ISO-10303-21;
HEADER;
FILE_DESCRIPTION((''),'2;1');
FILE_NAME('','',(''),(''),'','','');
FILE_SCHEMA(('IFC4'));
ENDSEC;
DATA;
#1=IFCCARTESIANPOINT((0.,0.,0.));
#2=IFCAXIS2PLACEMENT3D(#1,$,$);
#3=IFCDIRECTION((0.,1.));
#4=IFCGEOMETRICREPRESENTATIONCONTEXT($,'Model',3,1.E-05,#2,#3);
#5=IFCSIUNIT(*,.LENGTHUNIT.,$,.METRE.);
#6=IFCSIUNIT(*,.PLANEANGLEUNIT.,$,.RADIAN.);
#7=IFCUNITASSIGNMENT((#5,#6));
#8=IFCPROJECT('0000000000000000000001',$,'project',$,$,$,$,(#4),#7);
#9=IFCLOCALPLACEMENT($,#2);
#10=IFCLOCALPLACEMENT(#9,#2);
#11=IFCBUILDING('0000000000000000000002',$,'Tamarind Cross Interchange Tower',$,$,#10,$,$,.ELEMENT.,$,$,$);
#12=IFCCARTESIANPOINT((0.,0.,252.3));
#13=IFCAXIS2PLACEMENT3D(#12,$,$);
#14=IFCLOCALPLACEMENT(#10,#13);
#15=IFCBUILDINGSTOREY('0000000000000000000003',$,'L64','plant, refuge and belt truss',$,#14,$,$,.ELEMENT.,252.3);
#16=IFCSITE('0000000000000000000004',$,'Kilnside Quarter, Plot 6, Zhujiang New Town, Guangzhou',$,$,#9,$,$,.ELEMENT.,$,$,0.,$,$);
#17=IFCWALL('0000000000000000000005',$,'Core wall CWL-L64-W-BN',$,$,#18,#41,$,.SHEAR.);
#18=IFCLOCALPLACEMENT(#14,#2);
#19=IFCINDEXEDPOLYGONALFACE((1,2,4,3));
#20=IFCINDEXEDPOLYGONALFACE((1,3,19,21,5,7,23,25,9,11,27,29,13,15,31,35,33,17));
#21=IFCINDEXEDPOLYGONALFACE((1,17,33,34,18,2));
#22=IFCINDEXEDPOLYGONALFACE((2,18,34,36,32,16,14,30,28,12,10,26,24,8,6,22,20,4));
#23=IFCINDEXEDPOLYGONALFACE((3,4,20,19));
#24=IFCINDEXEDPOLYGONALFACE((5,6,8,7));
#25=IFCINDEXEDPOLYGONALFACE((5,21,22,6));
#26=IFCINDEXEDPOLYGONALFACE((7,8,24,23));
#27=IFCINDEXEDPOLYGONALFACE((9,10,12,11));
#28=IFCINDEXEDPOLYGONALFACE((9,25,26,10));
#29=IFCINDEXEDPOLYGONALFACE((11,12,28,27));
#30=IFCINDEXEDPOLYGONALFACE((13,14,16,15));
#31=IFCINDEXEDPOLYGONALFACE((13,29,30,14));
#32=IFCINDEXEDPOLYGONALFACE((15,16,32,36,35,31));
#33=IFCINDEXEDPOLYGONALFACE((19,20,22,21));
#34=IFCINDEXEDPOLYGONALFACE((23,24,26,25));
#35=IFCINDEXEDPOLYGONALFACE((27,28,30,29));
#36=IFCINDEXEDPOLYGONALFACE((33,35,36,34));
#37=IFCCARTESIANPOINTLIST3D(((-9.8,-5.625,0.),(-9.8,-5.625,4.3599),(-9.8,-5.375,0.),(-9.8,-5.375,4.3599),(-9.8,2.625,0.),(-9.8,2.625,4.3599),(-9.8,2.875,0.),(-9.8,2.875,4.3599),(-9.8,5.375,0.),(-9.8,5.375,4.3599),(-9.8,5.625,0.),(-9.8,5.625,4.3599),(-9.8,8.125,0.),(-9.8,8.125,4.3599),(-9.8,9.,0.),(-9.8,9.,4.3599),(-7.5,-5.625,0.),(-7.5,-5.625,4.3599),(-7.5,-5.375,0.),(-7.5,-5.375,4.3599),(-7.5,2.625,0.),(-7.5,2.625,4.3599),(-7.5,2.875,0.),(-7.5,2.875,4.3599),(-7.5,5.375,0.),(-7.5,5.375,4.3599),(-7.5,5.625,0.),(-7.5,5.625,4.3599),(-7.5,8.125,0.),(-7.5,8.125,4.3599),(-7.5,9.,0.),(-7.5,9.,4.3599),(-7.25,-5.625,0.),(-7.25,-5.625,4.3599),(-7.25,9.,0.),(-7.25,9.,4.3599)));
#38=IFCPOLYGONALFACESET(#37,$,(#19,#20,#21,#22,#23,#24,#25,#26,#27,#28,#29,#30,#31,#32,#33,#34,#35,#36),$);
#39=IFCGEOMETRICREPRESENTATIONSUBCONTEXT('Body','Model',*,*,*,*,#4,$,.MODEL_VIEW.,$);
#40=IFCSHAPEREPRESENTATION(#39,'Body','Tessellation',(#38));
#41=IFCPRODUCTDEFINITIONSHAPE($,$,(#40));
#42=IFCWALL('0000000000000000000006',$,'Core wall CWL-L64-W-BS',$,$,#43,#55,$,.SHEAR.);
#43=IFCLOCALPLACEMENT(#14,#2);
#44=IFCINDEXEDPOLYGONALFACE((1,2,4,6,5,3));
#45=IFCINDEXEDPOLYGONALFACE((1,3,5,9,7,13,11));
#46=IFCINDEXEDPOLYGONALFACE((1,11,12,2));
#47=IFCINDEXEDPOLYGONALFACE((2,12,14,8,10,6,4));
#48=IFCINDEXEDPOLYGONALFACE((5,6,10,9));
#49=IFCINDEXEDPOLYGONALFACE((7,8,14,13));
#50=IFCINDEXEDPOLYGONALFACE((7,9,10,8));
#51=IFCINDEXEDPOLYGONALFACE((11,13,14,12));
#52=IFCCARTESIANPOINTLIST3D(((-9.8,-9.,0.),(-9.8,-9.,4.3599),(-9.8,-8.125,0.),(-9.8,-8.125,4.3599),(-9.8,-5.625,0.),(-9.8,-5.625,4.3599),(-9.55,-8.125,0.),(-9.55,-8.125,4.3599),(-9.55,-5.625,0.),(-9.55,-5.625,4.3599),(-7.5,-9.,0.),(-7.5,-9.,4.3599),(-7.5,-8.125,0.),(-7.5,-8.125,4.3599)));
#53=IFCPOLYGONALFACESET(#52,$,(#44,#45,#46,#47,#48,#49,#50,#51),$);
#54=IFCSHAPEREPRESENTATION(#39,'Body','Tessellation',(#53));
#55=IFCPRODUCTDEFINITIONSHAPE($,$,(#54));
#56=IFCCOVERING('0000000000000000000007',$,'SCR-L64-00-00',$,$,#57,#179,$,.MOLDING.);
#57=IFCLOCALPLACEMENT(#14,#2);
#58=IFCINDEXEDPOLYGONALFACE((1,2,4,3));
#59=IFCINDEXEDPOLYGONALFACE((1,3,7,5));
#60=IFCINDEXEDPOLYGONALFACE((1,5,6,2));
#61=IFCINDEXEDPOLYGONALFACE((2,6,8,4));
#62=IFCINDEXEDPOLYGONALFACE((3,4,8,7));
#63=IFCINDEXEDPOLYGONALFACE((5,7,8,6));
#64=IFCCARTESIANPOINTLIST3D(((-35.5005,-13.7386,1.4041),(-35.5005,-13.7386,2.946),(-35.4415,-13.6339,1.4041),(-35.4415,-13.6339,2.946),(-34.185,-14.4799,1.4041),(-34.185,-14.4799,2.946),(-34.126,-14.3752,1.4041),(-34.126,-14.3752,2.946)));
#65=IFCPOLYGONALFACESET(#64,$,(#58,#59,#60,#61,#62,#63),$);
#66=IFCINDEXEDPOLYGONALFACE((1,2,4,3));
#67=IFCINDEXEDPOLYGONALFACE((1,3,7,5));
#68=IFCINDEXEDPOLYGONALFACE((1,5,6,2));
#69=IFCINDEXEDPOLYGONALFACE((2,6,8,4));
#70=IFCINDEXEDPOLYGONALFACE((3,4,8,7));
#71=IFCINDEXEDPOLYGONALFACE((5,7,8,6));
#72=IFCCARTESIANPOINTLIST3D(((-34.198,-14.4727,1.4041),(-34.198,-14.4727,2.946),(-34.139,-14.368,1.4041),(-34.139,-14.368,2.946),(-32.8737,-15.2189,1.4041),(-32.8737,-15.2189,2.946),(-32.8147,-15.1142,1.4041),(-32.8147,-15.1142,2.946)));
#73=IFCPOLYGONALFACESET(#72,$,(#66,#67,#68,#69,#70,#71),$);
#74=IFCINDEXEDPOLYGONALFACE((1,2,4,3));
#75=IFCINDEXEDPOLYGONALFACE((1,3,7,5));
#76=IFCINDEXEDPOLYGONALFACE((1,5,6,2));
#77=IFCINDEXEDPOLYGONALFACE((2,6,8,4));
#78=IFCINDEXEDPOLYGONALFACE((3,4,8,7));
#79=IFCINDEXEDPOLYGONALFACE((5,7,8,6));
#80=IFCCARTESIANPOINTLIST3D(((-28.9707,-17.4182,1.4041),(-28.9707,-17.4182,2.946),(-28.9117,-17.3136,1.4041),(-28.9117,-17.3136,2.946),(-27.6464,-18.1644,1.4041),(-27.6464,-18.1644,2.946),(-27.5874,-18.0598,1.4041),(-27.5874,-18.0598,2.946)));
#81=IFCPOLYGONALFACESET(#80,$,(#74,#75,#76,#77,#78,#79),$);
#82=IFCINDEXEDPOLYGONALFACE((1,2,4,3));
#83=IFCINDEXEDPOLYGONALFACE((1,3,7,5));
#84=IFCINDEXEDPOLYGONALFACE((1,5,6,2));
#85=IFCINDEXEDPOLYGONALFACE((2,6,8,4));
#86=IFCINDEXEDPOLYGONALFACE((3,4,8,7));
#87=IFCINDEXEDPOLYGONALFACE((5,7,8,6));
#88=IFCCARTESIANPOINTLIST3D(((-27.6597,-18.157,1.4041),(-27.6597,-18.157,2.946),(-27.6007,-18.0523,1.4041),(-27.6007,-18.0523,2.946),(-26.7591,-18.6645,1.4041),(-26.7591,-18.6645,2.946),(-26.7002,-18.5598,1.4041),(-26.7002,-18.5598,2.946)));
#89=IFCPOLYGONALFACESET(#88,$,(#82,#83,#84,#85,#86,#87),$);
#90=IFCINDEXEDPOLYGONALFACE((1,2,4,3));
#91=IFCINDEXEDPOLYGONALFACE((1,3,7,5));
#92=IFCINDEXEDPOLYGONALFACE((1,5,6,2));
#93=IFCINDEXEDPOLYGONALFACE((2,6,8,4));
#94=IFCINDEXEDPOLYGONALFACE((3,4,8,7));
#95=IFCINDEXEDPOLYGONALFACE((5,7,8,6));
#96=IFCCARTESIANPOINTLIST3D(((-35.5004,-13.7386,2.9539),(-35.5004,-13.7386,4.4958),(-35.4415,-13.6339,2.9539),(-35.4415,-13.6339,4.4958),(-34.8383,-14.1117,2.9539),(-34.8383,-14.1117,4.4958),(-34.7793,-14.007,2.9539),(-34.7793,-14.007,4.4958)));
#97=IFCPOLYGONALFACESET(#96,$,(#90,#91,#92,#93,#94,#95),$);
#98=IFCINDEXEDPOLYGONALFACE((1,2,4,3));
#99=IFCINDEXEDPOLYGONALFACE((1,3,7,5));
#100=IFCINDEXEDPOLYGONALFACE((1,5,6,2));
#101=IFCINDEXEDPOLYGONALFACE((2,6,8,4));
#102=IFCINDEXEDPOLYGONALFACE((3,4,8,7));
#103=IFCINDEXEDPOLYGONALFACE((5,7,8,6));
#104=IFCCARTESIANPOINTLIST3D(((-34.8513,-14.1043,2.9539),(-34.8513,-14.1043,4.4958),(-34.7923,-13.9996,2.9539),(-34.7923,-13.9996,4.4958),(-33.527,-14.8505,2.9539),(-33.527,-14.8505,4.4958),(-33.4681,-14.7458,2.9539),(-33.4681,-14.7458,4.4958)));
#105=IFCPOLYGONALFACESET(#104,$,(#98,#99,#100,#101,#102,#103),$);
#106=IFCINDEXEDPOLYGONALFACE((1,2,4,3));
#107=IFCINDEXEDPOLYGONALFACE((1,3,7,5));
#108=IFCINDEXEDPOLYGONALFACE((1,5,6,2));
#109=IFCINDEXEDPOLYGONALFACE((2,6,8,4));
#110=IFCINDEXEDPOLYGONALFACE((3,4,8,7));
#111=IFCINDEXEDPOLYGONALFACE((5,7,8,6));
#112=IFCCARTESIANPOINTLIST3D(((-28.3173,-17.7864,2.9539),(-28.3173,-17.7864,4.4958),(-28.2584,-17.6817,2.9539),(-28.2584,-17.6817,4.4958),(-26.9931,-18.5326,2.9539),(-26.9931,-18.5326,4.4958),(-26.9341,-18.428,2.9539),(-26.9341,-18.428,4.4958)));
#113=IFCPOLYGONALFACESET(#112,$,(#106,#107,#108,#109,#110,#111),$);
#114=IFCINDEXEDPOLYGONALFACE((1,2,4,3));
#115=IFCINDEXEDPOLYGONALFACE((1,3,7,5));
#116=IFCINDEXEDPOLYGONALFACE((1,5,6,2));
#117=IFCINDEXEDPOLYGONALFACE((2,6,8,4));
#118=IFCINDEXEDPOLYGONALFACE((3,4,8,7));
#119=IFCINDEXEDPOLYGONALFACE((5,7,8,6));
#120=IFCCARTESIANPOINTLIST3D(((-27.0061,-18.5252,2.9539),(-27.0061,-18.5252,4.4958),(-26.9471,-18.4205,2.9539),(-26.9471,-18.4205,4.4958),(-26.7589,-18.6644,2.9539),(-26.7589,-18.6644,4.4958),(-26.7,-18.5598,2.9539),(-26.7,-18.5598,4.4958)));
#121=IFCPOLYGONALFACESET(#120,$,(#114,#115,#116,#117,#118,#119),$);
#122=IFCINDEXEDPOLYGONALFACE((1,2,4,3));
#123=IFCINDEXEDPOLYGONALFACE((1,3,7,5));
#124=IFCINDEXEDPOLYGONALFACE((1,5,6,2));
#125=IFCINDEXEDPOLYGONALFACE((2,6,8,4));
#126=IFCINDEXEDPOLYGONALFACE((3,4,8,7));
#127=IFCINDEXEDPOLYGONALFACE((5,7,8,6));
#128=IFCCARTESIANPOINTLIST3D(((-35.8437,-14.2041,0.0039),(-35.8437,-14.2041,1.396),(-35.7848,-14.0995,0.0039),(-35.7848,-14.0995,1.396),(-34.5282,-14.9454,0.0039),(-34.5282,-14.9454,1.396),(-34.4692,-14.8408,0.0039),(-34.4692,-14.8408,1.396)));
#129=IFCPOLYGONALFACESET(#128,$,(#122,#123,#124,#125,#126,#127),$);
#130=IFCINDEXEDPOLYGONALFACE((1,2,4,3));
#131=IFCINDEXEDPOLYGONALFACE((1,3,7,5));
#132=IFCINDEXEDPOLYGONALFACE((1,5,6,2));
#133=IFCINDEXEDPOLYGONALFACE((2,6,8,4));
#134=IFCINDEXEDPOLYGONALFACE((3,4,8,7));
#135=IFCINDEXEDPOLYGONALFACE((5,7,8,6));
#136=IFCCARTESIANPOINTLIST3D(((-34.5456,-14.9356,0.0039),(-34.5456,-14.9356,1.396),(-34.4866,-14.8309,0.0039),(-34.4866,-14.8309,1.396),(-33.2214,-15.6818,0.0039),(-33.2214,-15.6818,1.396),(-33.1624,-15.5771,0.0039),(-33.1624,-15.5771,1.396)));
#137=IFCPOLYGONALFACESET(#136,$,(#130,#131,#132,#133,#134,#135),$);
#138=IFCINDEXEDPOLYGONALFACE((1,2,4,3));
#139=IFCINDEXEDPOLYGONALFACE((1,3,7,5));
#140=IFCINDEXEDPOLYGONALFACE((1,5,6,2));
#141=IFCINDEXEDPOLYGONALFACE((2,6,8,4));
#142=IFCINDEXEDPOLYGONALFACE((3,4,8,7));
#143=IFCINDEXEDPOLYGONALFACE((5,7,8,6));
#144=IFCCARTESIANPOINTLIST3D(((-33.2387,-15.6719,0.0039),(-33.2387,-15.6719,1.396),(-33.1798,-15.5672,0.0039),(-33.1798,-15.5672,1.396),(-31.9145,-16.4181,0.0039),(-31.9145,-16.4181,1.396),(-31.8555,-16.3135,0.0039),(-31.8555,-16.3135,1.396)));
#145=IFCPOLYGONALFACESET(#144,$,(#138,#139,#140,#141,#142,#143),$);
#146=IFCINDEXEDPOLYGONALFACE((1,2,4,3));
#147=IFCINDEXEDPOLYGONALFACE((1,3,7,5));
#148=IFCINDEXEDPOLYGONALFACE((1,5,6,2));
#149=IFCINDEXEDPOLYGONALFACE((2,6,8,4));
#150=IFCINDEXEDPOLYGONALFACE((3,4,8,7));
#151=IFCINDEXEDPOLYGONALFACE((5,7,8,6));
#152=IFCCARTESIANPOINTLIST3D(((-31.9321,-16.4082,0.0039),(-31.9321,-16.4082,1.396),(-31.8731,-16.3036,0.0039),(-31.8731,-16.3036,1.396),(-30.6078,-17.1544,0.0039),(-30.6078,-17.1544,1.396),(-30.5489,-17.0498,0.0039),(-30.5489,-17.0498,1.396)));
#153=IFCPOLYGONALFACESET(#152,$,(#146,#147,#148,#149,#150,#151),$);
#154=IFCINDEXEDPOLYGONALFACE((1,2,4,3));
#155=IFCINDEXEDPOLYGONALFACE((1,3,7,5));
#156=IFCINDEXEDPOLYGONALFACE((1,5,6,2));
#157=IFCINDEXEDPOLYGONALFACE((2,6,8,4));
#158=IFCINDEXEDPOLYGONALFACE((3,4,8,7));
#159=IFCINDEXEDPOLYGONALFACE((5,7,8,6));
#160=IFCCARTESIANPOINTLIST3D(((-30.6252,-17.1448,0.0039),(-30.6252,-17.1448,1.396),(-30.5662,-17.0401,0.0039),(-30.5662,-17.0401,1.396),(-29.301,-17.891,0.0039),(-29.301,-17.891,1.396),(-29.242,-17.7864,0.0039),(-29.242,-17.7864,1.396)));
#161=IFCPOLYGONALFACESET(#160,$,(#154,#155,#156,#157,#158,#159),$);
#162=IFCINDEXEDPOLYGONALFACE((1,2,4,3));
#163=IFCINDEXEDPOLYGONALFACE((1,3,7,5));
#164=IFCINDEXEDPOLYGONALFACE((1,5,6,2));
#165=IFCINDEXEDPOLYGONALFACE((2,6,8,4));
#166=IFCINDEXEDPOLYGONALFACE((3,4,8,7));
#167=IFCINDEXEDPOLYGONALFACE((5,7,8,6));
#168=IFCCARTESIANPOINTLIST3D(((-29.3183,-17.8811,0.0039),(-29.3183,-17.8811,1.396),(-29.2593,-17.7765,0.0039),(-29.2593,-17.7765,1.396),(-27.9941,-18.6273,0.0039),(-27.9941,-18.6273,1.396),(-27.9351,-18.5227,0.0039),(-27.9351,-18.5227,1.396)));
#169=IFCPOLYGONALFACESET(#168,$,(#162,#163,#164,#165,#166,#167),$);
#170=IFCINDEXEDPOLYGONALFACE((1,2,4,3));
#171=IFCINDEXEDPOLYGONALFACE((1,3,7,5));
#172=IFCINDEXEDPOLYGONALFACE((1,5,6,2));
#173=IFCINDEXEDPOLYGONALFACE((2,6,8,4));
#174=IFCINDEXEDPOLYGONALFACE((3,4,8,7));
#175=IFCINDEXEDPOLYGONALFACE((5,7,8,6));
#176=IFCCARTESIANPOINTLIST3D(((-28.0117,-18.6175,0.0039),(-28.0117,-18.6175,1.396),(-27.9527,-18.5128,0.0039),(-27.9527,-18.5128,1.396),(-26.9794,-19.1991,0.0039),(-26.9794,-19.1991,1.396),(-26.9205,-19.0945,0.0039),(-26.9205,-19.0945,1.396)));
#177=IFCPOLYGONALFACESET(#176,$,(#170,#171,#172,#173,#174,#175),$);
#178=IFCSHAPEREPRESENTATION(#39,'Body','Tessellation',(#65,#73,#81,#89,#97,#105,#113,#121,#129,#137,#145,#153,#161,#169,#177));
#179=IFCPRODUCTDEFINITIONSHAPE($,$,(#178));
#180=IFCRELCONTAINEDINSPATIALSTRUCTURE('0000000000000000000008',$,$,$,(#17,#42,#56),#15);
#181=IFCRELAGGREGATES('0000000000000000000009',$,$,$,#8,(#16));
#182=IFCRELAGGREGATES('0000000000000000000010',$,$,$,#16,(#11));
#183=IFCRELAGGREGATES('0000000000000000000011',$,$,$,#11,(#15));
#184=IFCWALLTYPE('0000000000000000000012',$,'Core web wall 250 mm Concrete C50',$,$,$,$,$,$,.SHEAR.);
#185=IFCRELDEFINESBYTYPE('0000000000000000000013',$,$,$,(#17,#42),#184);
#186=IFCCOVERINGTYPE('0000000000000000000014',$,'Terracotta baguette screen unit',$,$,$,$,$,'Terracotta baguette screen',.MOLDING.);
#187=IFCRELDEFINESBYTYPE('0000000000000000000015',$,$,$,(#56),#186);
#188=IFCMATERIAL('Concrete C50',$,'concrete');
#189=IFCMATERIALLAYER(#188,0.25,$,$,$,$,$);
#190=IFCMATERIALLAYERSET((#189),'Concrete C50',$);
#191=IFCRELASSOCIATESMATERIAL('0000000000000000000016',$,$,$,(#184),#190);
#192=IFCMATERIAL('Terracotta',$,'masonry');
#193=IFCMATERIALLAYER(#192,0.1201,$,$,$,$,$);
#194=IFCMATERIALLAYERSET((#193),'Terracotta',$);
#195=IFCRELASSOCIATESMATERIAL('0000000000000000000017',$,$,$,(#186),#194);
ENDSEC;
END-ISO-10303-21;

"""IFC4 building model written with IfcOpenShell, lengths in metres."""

from ifc_helpers import new_model, si_unit, direction, frame, origin, origin_2d, place, context, subcontext, project, spatial, polyline, rectangle, outline, extrude, material, layer, layer_set, type_object, element, save


model = new_model("IFC4")

# Units and contexts
model_context = context("Model", 3, precision=1e-05, world=origin(), true_north=direction((0.0, 1.0)))
body_context = subcontext(model_context, "Body", "Model", "MODEL_VIEW")
ifc_project = project(units=[si_unit("LENGTHUNIT", "METRE"), si_unit("PLANEANGLEUNIT", "RADIAN")], contexts=[model_context])

# Site, building, storey
site_placement = place(None, origin())
site = spatial("IfcSite", under=ifc_project, at=site_placement, Name="Kilnside Quarter, Plot 6, Zhujiang New Town, Guangzhou", CompositionType="ELEMENT", RefElevation=0.0)
building_placement = place(site_placement, origin())
building = spatial("IfcBuilding", under=site, at=building_placement, Name="Tamarind Cross Interchange Tower", CompositionType="ELEMENT")
storey_placement = place(building_placement, frame((0.0, 0.0, 252.3)))
storey = spatial("IfcBuildingStorey", under=building, at=storey_placement, Name="L64", Description="plant, refuge and belt truss", CompositionType="ELEMENT", Elevation=252.3)

# Walls
ifc_material_1 = material(Name="Concrete C50", Category="concrete")
ifc_layer_1 = layer(ifc_material_1, 0.25)
ifc_layer_set_1 = layer_set([ifc_layer_1], Name="Concrete C50")
wall_type_1 = type_object("IfcWallType", Name="Core web wall 250 mm Concrete C50", PredefinedType="SHEAR", material=ifc_layer_set_1)
wall_1_placement = place(storey_placement, origin())
element("IfcWall", 1, at=wall_1_placement, inside=storey, type_object=wall_type_1, Name="Core wall CWL-L64-W-BN", PredefinedType="SHEAR", context=body_context, shape_type="SweptSolid", body=[
    extrude(outline(polyline([(-9.8, -5.375), (-9.8, -5.625), (-7.5, -5.625), (-7.25, -5.625), (-7.25, 9.0), (-7.5, 9.0), (-9.8, 9.0), (-9.8, 8.125), (-7.5, 8.125), (-7.5, 5.625), (-9.8, 5.625), (-9.8, 5.375), (-7.5, 5.375), (-7.5, 2.875), (-9.8, 2.875), (-9.8, 2.625), (-7.5, 2.625), (-7.5, -5.375), (-9.8, -5.375)])), origin(), (0.0, 0.0, 1.0), 4.3599),
])
wall_2_placement = place(storey_placement, origin())
element("IfcWall", 2, at=wall_2_placement, inside=storey, type_object=wall_type_1, Name="Core wall CWL-L64-W-BS", PredefinedType="SHEAR", context=body_context, shape_type="SweptSolid", body=[
    extrude(outline(polyline([(-7.5, -8.125), (-9.55, -8.125), (-9.55, -5.625), (-9.8, -5.625), (-9.8, -8.125), (-9.8, -9.0), (-7.5, -9.0), (-7.5, -8.125)])), origin(), (0.0, 0.0, 1.0), 4.3599),
])

# Covering
ifc_material_2 = material(Name="Terracotta", Category="masonry")
ifc_layer_2 = layer(ifc_material_2, 0.1201)
ifc_layer_set_2 = layer_set([ifc_layer_2], Name="Terracotta")
covering_type = type_object("IfcCoveringType", Name="Terracotta baguette screen unit", ElementType="Terracotta baguette screen", PredefinedType="MOLDING", material=ifc_layer_set_2)
covering_1_placement = place(storey_placement, origin())
element("IfcCovering", 3, at=covering_1_placement, inside=storey, type_object=covering_type, Name="SCR-L64-00-00", PredefinedType="MOLDING", context=body_context, shape_type="SweptSolid", body=[
    extrude(rectangle(XDim=1.51, YDim=0.1201, at=origin_2d()), frame((-34.8132, -14.0569, 1.4041), z_axis=(0.0, 0.0, 1.0), x_axis=(0.8712, -0.490928, 0.0)), (0.0, 0.0, 1.0), 1.542),
    extrude(rectangle(XDim=1.52, YDim=0.1201, at=origin_2d()), frame((-33.5063, -14.7935, 1.4041), z_axis=(0.0, 0.0, 1.0), x_axis=(0.8712, -0.490928, 0.0)), (0.0, 0.0, 1.0), 1.542),
    extrude(rectangle(XDim=1.52, YDim=0.1201, at=origin_2d()), frame((-28.2791, -17.739, 1.4041), z_axis=(0.0, 0.0, 1.0), x_axis=(0.8712, -0.490928, 0.0)), (0.0, 0.0, 1.0), 1.542),
    extrude(rectangle(XDim=1.0337, YDim=0.1201, at=origin_2d()), frame((-27.1799, -18.3584, 1.4041), z_axis=(0.0, 0.0, 1.0), x_axis=(0.8712, -0.490928, 0.0)), (0.0, 0.0, 1.0), 1.542),
    extrude(rectangle(XDim=0.76, YDim=0.1201, at=origin_2d()), frame((-35.1399, -13.8728, 2.9539), z_axis=(0.0, 0.0, 1.0), x_axis=(0.8712, -0.490928, 0.0)), (0.0, 0.0, 1.0), 1.542),
    extrude(rectangle(XDim=1.52, YDim=0.1201, at=origin_2d()), frame((-34.1597, -14.425, 2.9539), z_axis=(0.0, 0.0, 1.0), x_axis=(0.8712, -0.490928, 0.0)), (0.0, 0.0, 1.0), 1.542),
    extrude(rectangle(XDim=1.52, YDim=0.1201, at=origin_2d()), frame((-27.6257, -18.1072, 2.9539), z_axis=(0.0, 0.0, 1.0), x_axis=(0.8712, -0.490928, 0.0)), (0.0, 0.0, 1.0), 1.542),
    extrude(rectangle(XDim=0.2837, YDim=0.1201, at=origin_2d()), frame((-26.853, -18.5425, 2.9539), z_axis=(0.0, 0.0, 1.0), x_axis=(0.8712, -0.490928, 0.0)), (0.0, 0.0, 1.0), 1.542),
    extrude(rectangle(XDim=1.51, YDim=0.1201, at=origin_2d()), frame((-35.1565, -14.5225, 0.0039), z_axis=(0.0, 0.0, 1.0), x_axis=(0.8712, -0.490928, 0.0)), (0.0, 0.0, 1.0), 1.3921),
    extrude(rectangle(XDim=1.52, YDim=0.1201, at=origin_2d()), frame((-33.854, -15.2563, 0.0039), z_axis=(0.0, 0.0, 1.0), x_axis=(0.8712, -0.490928, 0.0)), (0.0, 0.0, 1.0), 1.3921),
    extrude(rectangle(XDim=1.52, YDim=0.1201, at=origin_2d()), frame((-32.5471, -15.9927, 0.0039), z_axis=(0.0, 0.0, 1.0), x_axis=(0.8712, -0.490928, 0.0)), (0.0, 0.0, 1.0), 1.3921),
    extrude(rectangle(XDim=1.52, YDim=0.1201, at=origin_2d()), frame((-31.2405, -16.729, 0.0039), z_axis=(0.0, 0.0, 1.0), x_axis=(0.8712, -0.490928, 0.0)), (0.0, 0.0, 1.0), 1.3921),
    extrude(rectangle(XDim=1.52, YDim=0.1201, at=origin_2d()), frame((-29.9336, -17.4656, 0.0039), z_axis=(0.0, 0.0, 1.0), x_axis=(0.8712, -0.490928, 0.0)), (0.0, 0.0, 1.0), 1.3921),
    extrude(rectangle(XDim=1.52, YDim=0.1201, at=origin_2d()), frame((-28.6267, -18.2019, 0.0039), z_axis=(0.0, 0.0, 1.0), x_axis=(0.8712, -0.490928, 0.0)), (0.0, 0.0, 1.0), 1.3921),
    extrude(rectangle(XDim=1.1848, YDim=0.1201, at=origin_2d()), frame((-27.4661, -18.856, 0.0039), z_axis=(0.0, 0.0, 1.0), x_axis=(0.8712, -0.490928, 0.0)), (0.0, 0.0, 1.0), 1.3921),
])

save(model, "model.ifc")
